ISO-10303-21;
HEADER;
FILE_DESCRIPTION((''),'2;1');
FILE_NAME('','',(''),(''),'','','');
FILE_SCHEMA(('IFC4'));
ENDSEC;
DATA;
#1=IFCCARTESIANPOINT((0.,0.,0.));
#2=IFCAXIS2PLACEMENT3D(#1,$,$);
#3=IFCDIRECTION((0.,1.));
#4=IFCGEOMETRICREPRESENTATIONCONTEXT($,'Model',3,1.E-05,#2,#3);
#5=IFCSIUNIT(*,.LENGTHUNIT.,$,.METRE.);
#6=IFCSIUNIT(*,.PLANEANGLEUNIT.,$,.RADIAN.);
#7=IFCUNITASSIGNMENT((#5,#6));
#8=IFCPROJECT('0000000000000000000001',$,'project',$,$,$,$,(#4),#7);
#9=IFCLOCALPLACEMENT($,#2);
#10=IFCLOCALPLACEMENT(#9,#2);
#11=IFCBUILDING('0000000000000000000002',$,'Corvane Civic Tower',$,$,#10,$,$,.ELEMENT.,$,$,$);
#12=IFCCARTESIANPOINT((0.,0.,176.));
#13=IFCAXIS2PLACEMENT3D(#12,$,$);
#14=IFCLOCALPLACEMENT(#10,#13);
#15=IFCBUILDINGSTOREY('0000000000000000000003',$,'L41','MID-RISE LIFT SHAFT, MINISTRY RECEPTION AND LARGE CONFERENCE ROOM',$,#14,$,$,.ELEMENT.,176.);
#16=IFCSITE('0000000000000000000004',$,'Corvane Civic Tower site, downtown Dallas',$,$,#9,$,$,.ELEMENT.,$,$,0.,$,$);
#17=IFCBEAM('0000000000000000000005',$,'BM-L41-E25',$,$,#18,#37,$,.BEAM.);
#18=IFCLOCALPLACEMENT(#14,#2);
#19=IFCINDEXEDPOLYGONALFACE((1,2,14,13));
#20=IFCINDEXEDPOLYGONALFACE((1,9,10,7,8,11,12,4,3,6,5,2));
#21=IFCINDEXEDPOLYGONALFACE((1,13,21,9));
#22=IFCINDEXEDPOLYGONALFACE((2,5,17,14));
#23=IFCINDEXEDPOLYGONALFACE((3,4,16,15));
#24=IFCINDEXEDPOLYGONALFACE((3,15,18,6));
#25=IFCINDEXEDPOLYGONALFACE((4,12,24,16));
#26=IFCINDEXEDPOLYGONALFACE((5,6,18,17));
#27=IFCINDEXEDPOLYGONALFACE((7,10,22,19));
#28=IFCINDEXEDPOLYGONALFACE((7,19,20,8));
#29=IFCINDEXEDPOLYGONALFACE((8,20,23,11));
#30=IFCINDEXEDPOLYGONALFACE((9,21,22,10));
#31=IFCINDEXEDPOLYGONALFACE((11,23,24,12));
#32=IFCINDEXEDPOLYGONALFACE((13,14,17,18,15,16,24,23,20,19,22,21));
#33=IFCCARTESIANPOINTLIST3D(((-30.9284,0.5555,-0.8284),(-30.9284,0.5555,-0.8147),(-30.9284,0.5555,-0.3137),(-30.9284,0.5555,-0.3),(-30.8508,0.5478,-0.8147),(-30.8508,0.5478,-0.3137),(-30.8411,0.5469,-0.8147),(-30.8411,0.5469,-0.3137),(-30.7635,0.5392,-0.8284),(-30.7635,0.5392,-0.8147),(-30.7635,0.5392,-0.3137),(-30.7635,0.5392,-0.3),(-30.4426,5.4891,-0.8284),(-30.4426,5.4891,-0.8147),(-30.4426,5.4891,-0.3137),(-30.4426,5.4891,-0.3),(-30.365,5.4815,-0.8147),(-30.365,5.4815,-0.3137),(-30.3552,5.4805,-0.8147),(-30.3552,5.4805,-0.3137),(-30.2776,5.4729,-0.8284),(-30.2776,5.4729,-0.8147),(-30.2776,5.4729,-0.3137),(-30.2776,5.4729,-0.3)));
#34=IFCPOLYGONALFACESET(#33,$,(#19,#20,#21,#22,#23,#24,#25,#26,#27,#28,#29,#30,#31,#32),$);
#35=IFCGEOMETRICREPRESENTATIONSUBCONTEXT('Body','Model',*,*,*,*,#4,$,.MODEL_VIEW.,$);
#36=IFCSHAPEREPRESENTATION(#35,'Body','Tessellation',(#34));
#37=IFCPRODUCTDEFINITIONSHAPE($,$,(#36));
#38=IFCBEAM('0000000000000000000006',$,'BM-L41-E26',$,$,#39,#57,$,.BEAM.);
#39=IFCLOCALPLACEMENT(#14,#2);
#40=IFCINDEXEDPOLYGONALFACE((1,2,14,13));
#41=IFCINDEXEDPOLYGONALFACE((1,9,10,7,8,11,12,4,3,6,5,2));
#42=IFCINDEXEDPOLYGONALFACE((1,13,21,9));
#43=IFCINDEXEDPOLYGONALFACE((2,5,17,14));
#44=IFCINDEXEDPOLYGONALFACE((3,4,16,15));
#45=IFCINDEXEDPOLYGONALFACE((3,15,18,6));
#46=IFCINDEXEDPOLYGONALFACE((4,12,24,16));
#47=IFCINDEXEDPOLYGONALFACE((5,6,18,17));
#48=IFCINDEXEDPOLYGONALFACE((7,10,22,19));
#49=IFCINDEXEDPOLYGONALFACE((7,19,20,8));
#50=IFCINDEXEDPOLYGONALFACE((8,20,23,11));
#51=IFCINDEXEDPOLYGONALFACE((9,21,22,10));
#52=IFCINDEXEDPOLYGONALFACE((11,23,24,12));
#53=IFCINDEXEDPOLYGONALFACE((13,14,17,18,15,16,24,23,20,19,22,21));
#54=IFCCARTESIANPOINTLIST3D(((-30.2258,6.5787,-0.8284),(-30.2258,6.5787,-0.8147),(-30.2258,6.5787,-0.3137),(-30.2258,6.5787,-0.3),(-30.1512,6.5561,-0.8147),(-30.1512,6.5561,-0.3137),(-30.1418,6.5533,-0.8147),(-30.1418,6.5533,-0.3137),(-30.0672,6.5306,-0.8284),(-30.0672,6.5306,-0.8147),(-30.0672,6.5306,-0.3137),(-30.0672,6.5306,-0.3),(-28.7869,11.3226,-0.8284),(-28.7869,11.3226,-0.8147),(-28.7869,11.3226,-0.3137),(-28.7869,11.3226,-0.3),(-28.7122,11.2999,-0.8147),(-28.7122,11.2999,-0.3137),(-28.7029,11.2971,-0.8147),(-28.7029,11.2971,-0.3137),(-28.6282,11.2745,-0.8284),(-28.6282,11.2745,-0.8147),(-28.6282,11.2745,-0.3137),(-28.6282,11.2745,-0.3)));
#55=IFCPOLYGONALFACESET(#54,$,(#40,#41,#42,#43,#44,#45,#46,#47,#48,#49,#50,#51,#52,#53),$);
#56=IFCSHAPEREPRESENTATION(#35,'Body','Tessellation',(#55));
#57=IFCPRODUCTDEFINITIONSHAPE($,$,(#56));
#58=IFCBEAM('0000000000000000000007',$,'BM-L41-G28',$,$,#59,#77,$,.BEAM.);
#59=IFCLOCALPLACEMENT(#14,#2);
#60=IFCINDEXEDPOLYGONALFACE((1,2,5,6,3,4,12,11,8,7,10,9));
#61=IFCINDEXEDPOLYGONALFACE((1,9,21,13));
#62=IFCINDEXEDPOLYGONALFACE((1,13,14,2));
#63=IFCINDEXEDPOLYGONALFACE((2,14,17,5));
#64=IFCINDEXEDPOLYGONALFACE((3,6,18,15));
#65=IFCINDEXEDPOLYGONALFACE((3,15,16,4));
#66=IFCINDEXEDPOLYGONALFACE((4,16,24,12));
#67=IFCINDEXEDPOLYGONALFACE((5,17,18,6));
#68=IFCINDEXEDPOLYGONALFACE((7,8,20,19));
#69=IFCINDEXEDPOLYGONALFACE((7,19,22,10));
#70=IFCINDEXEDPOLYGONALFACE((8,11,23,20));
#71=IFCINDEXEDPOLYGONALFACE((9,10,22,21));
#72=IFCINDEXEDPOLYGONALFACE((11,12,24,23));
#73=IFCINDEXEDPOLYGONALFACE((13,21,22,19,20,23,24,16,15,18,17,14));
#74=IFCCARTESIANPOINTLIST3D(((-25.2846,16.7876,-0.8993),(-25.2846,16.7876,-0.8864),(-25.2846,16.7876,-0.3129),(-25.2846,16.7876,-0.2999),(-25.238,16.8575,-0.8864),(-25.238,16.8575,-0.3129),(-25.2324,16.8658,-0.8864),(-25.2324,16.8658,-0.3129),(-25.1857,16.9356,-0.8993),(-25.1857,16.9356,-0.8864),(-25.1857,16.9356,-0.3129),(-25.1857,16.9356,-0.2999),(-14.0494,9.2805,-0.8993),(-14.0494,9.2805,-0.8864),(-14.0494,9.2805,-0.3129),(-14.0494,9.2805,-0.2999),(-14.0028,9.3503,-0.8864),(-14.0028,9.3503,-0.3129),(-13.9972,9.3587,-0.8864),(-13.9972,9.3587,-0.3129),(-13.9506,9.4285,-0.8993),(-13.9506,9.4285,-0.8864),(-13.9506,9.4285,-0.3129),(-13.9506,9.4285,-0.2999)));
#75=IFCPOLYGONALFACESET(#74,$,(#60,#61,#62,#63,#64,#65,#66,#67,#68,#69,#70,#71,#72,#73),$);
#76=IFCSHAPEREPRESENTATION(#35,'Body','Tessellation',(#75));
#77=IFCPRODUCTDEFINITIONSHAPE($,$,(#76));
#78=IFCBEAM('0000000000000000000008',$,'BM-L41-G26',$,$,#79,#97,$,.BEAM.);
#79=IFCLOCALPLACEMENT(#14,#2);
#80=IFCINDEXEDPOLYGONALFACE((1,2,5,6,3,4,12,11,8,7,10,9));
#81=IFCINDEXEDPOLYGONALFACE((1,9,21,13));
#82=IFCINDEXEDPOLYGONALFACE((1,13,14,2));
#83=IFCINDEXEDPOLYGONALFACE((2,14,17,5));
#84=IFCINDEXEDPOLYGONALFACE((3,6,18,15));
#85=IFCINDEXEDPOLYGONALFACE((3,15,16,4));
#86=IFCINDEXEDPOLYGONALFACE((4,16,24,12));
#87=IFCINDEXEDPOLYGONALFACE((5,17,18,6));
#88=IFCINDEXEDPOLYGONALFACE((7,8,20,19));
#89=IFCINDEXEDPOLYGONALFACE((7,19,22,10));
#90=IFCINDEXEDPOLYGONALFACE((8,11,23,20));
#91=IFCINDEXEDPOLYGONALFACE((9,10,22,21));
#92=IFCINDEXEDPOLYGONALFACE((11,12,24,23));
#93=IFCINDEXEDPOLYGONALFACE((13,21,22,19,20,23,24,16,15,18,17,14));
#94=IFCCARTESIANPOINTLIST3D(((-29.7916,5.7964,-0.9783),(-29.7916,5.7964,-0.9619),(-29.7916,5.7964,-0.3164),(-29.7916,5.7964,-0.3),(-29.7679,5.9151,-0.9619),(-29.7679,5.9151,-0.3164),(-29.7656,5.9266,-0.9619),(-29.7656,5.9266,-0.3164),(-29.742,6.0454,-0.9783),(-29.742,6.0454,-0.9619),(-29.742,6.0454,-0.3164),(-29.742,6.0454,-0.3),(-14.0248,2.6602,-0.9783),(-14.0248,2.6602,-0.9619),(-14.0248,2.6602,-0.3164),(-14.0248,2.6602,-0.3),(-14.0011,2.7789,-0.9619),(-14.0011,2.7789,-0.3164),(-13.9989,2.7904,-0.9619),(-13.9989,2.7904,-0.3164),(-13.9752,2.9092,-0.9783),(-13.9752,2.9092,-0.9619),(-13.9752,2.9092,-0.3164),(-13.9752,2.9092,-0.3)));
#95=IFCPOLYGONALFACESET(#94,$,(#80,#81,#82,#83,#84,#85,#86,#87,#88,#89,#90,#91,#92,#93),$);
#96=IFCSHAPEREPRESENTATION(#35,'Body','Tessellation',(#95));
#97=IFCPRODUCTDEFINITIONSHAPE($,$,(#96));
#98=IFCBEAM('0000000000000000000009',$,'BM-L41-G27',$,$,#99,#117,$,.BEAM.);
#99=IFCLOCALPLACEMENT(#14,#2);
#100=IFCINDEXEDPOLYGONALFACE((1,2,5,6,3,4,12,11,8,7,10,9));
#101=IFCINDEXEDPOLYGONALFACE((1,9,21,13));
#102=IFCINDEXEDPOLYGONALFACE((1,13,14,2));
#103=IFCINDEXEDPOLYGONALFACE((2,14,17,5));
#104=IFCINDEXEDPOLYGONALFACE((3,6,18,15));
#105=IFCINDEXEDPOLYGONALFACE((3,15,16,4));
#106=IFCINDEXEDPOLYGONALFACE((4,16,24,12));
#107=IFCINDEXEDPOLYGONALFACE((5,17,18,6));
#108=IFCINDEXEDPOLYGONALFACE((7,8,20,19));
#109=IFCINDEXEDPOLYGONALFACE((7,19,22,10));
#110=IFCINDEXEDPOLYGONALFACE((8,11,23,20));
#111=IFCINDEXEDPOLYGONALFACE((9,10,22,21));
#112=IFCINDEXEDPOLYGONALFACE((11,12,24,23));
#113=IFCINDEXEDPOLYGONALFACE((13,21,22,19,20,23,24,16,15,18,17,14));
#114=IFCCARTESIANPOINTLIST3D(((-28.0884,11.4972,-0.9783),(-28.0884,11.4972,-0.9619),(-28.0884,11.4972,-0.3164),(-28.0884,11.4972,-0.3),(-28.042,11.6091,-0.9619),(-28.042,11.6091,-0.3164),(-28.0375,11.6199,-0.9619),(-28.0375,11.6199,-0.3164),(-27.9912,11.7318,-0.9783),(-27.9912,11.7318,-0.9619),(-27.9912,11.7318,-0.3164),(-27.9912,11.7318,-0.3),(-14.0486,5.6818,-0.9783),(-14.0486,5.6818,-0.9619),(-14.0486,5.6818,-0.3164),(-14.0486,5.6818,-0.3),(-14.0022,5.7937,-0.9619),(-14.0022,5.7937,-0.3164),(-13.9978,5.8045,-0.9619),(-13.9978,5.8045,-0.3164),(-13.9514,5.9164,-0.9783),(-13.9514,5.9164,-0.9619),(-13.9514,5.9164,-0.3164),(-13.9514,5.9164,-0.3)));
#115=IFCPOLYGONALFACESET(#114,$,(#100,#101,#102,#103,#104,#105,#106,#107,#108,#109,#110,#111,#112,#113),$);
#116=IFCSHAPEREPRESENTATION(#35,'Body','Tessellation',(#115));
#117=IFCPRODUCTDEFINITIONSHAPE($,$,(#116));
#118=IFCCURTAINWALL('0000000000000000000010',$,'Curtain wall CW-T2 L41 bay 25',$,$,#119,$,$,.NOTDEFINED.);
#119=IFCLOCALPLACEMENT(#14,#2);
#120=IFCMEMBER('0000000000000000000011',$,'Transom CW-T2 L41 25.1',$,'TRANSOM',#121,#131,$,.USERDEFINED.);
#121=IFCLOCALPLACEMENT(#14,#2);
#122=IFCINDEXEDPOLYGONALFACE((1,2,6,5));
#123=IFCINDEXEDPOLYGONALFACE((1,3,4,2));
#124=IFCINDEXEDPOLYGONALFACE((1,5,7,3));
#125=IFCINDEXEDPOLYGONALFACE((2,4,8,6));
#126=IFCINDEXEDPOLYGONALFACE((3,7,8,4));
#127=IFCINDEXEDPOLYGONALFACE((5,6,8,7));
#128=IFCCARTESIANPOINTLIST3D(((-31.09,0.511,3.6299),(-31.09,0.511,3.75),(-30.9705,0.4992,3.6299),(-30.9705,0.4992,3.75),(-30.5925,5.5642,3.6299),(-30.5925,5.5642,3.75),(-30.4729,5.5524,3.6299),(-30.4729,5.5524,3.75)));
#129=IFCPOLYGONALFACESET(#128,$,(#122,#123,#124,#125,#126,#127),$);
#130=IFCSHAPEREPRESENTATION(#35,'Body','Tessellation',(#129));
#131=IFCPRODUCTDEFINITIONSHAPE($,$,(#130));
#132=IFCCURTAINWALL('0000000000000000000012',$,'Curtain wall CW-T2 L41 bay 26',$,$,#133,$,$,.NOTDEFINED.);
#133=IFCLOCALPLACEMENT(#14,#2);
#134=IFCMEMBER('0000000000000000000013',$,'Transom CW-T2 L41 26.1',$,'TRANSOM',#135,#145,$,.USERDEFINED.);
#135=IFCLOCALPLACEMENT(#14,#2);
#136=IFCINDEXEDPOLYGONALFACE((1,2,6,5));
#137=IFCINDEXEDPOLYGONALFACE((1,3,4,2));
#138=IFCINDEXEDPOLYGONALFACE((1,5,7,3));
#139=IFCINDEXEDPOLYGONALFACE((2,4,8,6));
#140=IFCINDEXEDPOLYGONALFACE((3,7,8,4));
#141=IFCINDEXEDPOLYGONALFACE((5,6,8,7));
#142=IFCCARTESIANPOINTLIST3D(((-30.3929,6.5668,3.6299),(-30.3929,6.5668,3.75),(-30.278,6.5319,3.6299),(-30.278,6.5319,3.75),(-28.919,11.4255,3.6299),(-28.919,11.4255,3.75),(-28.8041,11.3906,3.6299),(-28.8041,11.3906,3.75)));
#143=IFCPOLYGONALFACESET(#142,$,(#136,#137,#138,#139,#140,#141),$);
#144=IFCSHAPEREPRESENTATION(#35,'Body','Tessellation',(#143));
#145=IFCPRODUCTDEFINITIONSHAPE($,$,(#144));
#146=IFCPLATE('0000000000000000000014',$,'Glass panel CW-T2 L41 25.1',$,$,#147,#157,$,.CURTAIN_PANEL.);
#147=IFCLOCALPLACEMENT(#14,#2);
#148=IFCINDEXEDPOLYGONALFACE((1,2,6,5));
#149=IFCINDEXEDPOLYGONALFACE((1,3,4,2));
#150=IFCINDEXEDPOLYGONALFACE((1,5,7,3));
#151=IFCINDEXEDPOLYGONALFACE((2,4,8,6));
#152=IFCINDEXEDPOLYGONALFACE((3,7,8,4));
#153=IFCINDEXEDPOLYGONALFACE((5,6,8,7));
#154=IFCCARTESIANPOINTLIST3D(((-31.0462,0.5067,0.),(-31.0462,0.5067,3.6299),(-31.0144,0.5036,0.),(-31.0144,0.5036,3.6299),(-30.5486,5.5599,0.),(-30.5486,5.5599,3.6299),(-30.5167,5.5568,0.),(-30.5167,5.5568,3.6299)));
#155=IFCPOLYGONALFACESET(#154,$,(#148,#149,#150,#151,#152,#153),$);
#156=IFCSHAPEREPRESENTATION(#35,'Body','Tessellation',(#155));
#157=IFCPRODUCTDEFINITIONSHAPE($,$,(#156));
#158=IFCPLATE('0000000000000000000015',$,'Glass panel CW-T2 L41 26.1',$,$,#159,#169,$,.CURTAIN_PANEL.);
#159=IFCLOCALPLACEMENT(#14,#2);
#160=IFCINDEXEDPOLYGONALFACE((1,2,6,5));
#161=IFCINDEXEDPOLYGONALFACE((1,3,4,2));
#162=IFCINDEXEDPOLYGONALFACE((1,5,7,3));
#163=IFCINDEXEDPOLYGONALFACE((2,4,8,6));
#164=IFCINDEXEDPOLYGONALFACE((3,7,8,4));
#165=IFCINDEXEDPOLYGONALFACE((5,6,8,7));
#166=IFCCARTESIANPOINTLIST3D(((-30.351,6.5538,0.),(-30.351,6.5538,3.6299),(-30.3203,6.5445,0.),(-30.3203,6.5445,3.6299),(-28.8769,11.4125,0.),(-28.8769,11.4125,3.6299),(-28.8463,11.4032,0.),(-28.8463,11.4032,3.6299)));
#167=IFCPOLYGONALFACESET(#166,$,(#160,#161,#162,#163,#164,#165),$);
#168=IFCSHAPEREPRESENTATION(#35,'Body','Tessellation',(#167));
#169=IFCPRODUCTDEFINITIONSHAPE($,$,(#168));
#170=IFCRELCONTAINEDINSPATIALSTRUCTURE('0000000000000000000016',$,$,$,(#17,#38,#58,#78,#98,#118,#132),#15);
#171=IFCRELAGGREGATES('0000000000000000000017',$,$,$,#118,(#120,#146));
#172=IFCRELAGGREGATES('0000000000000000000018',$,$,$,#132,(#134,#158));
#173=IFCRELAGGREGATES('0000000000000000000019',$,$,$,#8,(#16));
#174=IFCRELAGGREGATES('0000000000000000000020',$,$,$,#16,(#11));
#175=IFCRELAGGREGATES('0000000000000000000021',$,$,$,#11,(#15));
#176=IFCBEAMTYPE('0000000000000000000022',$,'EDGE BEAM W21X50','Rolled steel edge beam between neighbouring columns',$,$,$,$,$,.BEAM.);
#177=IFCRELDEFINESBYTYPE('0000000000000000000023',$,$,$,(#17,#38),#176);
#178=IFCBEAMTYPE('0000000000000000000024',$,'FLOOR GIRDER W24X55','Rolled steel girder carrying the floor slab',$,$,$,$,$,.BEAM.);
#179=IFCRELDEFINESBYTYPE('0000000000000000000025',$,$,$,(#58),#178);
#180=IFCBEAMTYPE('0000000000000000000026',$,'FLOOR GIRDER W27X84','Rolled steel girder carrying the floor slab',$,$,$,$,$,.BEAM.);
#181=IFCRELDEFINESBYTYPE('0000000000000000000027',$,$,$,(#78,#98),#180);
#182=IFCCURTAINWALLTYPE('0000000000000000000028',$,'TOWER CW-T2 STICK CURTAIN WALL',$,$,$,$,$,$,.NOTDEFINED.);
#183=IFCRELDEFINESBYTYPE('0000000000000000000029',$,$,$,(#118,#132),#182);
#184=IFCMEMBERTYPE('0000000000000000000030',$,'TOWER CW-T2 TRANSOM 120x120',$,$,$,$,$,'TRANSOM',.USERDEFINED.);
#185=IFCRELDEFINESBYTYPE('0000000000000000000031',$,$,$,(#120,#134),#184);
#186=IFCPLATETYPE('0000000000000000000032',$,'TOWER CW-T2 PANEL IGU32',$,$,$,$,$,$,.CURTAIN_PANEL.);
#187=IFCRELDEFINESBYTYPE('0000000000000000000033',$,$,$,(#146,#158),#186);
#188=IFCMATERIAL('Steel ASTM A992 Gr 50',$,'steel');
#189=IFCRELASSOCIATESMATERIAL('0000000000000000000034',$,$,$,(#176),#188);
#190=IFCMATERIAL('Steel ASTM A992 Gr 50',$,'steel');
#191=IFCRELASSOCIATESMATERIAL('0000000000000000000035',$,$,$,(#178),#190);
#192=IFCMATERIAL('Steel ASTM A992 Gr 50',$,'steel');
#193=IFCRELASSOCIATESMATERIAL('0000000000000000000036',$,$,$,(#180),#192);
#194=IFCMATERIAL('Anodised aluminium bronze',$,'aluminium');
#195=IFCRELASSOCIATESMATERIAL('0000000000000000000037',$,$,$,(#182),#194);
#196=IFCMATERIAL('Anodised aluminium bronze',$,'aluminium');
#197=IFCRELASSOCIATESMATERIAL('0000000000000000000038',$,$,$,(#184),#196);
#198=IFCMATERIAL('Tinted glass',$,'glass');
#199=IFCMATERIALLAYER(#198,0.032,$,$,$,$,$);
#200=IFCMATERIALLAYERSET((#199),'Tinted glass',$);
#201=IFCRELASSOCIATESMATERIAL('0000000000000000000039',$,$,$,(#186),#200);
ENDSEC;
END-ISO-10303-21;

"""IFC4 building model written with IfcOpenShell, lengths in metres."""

from ifc_helpers import new_model, si_unit, direction, frame, origin, origin_2d, place, context, subcontext, project, spatial, rectangle, i_section, extrude, material, layer, layer_set, material_profile, profile_set, type_object, element, aggregate, save


model = new_model("IFC4")

# Units and contexts
model_context = context("Model", 3, precision=1e-05, world=origin(), true_north=direction((0.0, 1.0)))
body_context = subcontext(model_context, "Body", "Model", "MODEL_VIEW")
ifc_project = project(units=[si_unit("LENGTHUNIT", "METRE"), si_unit("PLANEANGLEUNIT", "RADIAN")], contexts=[model_context])

# Site, building, storey
site_placement = place(None, origin())
site = spatial("IfcSite", under=ifc_project, at=site_placement, Name="Corvane Civic Tower site, downtown Dallas", CompositionType="ELEMENT", RefElevation=0.0)
building_placement = place(site_placement, origin())
building = spatial("IfcBuilding", under=site, at=building_placement, Name="Corvane Civic Tower", CompositionType="ELEMENT")
storey_placement = place(building_placement, frame((0.0, 0.0, 176.0)))
storey = spatial("IfcBuildingStorey", under=building, at=storey_placement, Name="L41", Description="MID-RISE LIFT SHAFT, MINISTRY RECEPTION AND LARGE CONFERENCE ROOM", CompositionType="ELEMENT", Elevation=176.0)

# Beams
ifc_material_1 = material(Name="Steel ASTM A992 Gr 50", Category="steel")
ifc_material_profile_1 = material_profile(ifc_material_1, i_section(OverallWidth=0.1658, OverallDepth=0.5283, WebThickness=0.0098, FlangeThickness=0.0137, at=origin_2d()), Name="W21X50")
ifc_profile_set_1 = profile_set([ifc_material_profile_1], Name="Steel ASTM A992 Gr 50")
beam_type_1 = type_object("IfcBeamType", Name="EDGE BEAM W21X50", Description="Rolled steel edge beam between neighbouring columns", PredefinedType="BEAM", material=ifc_profile_set_1)
beam_1_placement = place(storey_placement, frame((-30.8459, 0.5474, -0.5642), z_axis=(0.098002, 0.995186, 0.0), x_axis=(-0.995186, 0.098002, 0.0)))
element("IfcBeam", 1, at=beam_1_placement, inside=storey, type_object=beam_type_1, Name="BM-L41-E25", PredefinedType="BEAM", context=body_context, shape_type="SweptSolid", body=[
    extrude(i_section(OverallWidth=0.1658, OverallDepth=0.5283, WebThickness=0.0098, FlangeThickness=0.0137, at=origin_2d()), origin(), (0.0, 0.0, 1.0), 4.9575),
])
beam_2_placement = place(storey_placement, frame((-30.1465, 6.5547, -0.5642), z_axis=(0.29027, 0.956945, 0.0), x_axis=(-0.956945, 0.29027, 0.0)))
element("IfcBeam", 2, at=beam_2_placement, inside=storey, type_object=beam_type_1, Name="BM-L41-E26", PredefinedType="BEAM", context=body_context, shape_type="SweptSolid", body=[
    extrude(i_section(OverallWidth=0.1658, OverallDepth=0.5283, WebThickness=0.0098, FlangeThickness=0.0137, at=origin_2d()), origin(), (0.0, 0.0, 1.0), 4.9573),
])
ifc_material_2 = material(Name="Steel ASTM A992 Gr 50", Category="steel")
ifc_material_profile_2 = material_profile(ifc_material_2, i_section(OverallWidth=0.178, OverallDepth=0.5994, WebThickness=0.01, FlangeThickness=0.0129, at=origin_2d()), Name="W24X55")
ifc_profile_set_2 = profile_set([ifc_material_profile_2], Name="Steel ASTM A992 Gr 50")
beam_type_2 = type_object("IfcBeamType", Name="FLOOR GIRDER W24X55", Description="Rolled steel girder carrying the floor slab", PredefinedType="BEAM", material=ifc_profile_set_2)
beam_3_placement = place(storey_placement, frame((-14.0, 9.3545, -0.5996), z_axis=(-0.831469, 0.555571, 0.0), x_axis=(-0.555571, -0.831469, 0.0)))
element("IfcBeam", 3, at=beam_3_placement, inside=storey, type_object=beam_type_2, Name="BM-L41-G28", PredefinedType="BEAM", context=body_context, shape_type="SweptSolid", body=[
    extrude(i_section(OverallWidth=0.178, OverallDepth=0.5994, WebThickness=0.01, FlangeThickness=0.0129, at=origin_2d()), origin(), (0.0, 0.0, 1.0), 13.5125),
])
ifc_material_3 = material(Name="Steel ASTM A992 Gr 50", Category="steel")
ifc_material_profile_3 = material_profile(ifc_material_3, i_section(OverallWidth=0.2539, OverallDepth=0.6782, WebThickness=0.0117, FlangeThickness=0.0164, at=origin_2d()), Name="W27X84")
ifc_profile_set_3 = profile_set([ifc_material_profile_3], Name="Steel ASTM A992 Gr 50")
beam_type_3 = type_object("IfcBeamType", Name="FLOOR GIRDER W27X84", Description="Rolled steel girder carrying the floor slab", PredefinedType="BEAM", material=ifc_profile_set_3)
beam_4_placement = place(storey_placement, frame((-14.0, 2.7847, -0.6392), z_axis=(-0.980785, 0.195091, 0.0), x_axis=(-0.195091, -0.980785, 0.0)))
element("IfcBeam", 4, at=beam_4_placement, inside=storey, type_object=beam_type_3, Name="BM-L41-G26", PredefinedType="BEAM", context=body_context, shape_type="SweptSolid", body=[
    extrude(i_section(OverallWidth=0.2539, OverallDepth=0.6782, WebThickness=0.0117, FlangeThickness=0.0164, at=origin_2d()), origin(), (0.0, 0.0, 1.0), 16.0757),
])
beam_5_placement = place(storey_placement, frame((-14.0, 5.7991, -0.6392), z_axis=(-0.923881, 0.382681, 0.0), x_axis=(-0.382681, -0.923881, 0.0)))
element("IfcBeam", 5, at=beam_5_placement, inside=storey, type_object=beam_type_3, Name="BM-L41-G27", PredefinedType="BEAM", context=body_context, shape_type="SweptSolid", body=[
    extrude(i_section(OverallWidth=0.2539, OverallDepth=0.6782, WebThickness=0.0117, FlangeThickness=0.0164, at=origin_2d()), origin(), (0.0, 0.0, 1.0), 15.1965),
])

# Curtain walls, members
ifc_material_4 = material(Name="Anodised aluminium bronze", Category="aluminium")
curtain_wall_type = type_object("IfcCurtainWallType", Name="TOWER CW-T2 STICK CURTAIN WALL", PredefinedType="NOTDEFINED", material=ifc_material_4)
curtain_wall_1_placement = place(storey_placement, origin())
curtain_wall_1 = element("IfcCurtainWall", 6, at=curtain_wall_1_placement, inside=storey, type_object=curtain_wall_type, Name="Curtain wall CW-T2 L41 bay 25", PredefinedType="NOTDEFINED")
ifc_material_5 = material(Name="Anodised aluminium bronze", Category="aluminium")
ifc_material_profile_4 = material_profile(ifc_material_5, rectangle(XDim=0.1201, YDim=0.1201, at=origin_2d()), Name="TOWER CW-T2 TRANSOM 120x120")
ifc_profile_set_4 = profile_set([ifc_material_profile_4], Name="Anodised aluminium bronze")
member_type = type_object("IfcMemberType", Name="TOWER CW-T2 TRANSOM 120x120", ElementType="TRANSOM", PredefinedType="USERDEFINED", material=ifc_profile_set_4)
member_1_placement = place(storey_placement, frame((-31.0303, 0.5051, 3.6899), z_axis=(0.09799, 0.995187, 0.0), x_axis=(-0.995187, 0.09799, 0.0)))
member_1 = element("IfcMember", 7, at=member_1_placement, type_object=member_type, Name="Transom CW-T2 L41 25.1", ObjectType="TRANSOM", PredefinedType="USERDEFINED", context=body_context, shape_type="SweptSolid", body=[
    extrude(rectangle(XDim=0.1201, YDim=0.1201, at=origin_2d()), origin(), (0.0, 0.0, 1.0), 5.0776),
])
curtain_wall_2_placement = place(storey_placement, origin())
curtain_wall_2 = element("IfcCurtainWall", 8, at=curtain_wall_2_placement, inside=storey, type_object=curtain_wall_type, Name="Curtain wall CW-T2 L41 bay 26", PredefinedType="NOTDEFINED")
member_2_placement = place(storey_placement, frame((-30.3354, 6.5493, 3.6899), z_axis=(0.290289, 0.956939, 0.0), x_axis=(-0.956939, 0.290289, 0.0)))
member_2 = element("IfcMember", 9, at=member_2_placement, type_object=member_type, Name="Transom CW-T2 L41 26.1", ObjectType="TRANSOM", PredefinedType="USERDEFINED", context=body_context, shape_type="SweptSolid", body=[
    extrude(rectangle(XDim=0.1201, YDim=0.1201, at=origin_2d()), origin(), (0.0, 0.0, 1.0), 5.0774),
])

# Plates
ifc_material_6 = material(Name="Tinted glass", Category="glass")
ifc_layer_1 = layer(ifc_material_6, 0.032)
ifc_layer_set_1 = layer_set([ifc_layer_1], Name="Tinted glass")
plate_type = type_object("IfcPlateType", Name="TOWER CW-T2 PANEL IGU32", PredefinedType="CURTAIN_PANEL", material=ifc_layer_set_1)
plate_1_placement = place(storey_placement, frame((-30.7815, 3.0317, 0.0), z_axis=(0.0, 0.0, 1.0), x_axis=(0.098012, 0.995185, 0.0)))
plate_1 = element("IfcPlate", 10, at=plate_1_placement, type_object=plate_type, Name="Glass panel CW-T2 L41 25.1", PredefinedType="CURTAIN_PANEL", context=body_context, shape_type="SweptSolid", body=[
    extrude(rectangle(XDim=5.0776, YDim=0.032, at=origin_2d()), origin(), (0.0, 0.0, 1.0), 3.6299),
])
aggregate(curtain_wall_1, [member_1, plate_1])
plate_2_placement = place(storey_placement, frame((-29.5986, 8.9785, 0.0), z_axis=(0.0, 0.0, 1.0), x_axis=(0.290313, 0.956932, 0.0)))
plate_2 = element("IfcPlate", 11, at=plate_2_placement, type_object=plate_type, Name="Glass panel CW-T2 L41 26.1", PredefinedType="CURTAIN_PANEL", context=body_context, shape_type="SweptSolid", body=[
    extrude(rectangle(XDim=5.0774, YDim=0.032, at=origin_2d()), origin(), (0.0, 0.0, 1.0), 3.6299),
])
aggregate(curtain_wall_2, [member_2, plate_2])

save(model, "model.ifc")
